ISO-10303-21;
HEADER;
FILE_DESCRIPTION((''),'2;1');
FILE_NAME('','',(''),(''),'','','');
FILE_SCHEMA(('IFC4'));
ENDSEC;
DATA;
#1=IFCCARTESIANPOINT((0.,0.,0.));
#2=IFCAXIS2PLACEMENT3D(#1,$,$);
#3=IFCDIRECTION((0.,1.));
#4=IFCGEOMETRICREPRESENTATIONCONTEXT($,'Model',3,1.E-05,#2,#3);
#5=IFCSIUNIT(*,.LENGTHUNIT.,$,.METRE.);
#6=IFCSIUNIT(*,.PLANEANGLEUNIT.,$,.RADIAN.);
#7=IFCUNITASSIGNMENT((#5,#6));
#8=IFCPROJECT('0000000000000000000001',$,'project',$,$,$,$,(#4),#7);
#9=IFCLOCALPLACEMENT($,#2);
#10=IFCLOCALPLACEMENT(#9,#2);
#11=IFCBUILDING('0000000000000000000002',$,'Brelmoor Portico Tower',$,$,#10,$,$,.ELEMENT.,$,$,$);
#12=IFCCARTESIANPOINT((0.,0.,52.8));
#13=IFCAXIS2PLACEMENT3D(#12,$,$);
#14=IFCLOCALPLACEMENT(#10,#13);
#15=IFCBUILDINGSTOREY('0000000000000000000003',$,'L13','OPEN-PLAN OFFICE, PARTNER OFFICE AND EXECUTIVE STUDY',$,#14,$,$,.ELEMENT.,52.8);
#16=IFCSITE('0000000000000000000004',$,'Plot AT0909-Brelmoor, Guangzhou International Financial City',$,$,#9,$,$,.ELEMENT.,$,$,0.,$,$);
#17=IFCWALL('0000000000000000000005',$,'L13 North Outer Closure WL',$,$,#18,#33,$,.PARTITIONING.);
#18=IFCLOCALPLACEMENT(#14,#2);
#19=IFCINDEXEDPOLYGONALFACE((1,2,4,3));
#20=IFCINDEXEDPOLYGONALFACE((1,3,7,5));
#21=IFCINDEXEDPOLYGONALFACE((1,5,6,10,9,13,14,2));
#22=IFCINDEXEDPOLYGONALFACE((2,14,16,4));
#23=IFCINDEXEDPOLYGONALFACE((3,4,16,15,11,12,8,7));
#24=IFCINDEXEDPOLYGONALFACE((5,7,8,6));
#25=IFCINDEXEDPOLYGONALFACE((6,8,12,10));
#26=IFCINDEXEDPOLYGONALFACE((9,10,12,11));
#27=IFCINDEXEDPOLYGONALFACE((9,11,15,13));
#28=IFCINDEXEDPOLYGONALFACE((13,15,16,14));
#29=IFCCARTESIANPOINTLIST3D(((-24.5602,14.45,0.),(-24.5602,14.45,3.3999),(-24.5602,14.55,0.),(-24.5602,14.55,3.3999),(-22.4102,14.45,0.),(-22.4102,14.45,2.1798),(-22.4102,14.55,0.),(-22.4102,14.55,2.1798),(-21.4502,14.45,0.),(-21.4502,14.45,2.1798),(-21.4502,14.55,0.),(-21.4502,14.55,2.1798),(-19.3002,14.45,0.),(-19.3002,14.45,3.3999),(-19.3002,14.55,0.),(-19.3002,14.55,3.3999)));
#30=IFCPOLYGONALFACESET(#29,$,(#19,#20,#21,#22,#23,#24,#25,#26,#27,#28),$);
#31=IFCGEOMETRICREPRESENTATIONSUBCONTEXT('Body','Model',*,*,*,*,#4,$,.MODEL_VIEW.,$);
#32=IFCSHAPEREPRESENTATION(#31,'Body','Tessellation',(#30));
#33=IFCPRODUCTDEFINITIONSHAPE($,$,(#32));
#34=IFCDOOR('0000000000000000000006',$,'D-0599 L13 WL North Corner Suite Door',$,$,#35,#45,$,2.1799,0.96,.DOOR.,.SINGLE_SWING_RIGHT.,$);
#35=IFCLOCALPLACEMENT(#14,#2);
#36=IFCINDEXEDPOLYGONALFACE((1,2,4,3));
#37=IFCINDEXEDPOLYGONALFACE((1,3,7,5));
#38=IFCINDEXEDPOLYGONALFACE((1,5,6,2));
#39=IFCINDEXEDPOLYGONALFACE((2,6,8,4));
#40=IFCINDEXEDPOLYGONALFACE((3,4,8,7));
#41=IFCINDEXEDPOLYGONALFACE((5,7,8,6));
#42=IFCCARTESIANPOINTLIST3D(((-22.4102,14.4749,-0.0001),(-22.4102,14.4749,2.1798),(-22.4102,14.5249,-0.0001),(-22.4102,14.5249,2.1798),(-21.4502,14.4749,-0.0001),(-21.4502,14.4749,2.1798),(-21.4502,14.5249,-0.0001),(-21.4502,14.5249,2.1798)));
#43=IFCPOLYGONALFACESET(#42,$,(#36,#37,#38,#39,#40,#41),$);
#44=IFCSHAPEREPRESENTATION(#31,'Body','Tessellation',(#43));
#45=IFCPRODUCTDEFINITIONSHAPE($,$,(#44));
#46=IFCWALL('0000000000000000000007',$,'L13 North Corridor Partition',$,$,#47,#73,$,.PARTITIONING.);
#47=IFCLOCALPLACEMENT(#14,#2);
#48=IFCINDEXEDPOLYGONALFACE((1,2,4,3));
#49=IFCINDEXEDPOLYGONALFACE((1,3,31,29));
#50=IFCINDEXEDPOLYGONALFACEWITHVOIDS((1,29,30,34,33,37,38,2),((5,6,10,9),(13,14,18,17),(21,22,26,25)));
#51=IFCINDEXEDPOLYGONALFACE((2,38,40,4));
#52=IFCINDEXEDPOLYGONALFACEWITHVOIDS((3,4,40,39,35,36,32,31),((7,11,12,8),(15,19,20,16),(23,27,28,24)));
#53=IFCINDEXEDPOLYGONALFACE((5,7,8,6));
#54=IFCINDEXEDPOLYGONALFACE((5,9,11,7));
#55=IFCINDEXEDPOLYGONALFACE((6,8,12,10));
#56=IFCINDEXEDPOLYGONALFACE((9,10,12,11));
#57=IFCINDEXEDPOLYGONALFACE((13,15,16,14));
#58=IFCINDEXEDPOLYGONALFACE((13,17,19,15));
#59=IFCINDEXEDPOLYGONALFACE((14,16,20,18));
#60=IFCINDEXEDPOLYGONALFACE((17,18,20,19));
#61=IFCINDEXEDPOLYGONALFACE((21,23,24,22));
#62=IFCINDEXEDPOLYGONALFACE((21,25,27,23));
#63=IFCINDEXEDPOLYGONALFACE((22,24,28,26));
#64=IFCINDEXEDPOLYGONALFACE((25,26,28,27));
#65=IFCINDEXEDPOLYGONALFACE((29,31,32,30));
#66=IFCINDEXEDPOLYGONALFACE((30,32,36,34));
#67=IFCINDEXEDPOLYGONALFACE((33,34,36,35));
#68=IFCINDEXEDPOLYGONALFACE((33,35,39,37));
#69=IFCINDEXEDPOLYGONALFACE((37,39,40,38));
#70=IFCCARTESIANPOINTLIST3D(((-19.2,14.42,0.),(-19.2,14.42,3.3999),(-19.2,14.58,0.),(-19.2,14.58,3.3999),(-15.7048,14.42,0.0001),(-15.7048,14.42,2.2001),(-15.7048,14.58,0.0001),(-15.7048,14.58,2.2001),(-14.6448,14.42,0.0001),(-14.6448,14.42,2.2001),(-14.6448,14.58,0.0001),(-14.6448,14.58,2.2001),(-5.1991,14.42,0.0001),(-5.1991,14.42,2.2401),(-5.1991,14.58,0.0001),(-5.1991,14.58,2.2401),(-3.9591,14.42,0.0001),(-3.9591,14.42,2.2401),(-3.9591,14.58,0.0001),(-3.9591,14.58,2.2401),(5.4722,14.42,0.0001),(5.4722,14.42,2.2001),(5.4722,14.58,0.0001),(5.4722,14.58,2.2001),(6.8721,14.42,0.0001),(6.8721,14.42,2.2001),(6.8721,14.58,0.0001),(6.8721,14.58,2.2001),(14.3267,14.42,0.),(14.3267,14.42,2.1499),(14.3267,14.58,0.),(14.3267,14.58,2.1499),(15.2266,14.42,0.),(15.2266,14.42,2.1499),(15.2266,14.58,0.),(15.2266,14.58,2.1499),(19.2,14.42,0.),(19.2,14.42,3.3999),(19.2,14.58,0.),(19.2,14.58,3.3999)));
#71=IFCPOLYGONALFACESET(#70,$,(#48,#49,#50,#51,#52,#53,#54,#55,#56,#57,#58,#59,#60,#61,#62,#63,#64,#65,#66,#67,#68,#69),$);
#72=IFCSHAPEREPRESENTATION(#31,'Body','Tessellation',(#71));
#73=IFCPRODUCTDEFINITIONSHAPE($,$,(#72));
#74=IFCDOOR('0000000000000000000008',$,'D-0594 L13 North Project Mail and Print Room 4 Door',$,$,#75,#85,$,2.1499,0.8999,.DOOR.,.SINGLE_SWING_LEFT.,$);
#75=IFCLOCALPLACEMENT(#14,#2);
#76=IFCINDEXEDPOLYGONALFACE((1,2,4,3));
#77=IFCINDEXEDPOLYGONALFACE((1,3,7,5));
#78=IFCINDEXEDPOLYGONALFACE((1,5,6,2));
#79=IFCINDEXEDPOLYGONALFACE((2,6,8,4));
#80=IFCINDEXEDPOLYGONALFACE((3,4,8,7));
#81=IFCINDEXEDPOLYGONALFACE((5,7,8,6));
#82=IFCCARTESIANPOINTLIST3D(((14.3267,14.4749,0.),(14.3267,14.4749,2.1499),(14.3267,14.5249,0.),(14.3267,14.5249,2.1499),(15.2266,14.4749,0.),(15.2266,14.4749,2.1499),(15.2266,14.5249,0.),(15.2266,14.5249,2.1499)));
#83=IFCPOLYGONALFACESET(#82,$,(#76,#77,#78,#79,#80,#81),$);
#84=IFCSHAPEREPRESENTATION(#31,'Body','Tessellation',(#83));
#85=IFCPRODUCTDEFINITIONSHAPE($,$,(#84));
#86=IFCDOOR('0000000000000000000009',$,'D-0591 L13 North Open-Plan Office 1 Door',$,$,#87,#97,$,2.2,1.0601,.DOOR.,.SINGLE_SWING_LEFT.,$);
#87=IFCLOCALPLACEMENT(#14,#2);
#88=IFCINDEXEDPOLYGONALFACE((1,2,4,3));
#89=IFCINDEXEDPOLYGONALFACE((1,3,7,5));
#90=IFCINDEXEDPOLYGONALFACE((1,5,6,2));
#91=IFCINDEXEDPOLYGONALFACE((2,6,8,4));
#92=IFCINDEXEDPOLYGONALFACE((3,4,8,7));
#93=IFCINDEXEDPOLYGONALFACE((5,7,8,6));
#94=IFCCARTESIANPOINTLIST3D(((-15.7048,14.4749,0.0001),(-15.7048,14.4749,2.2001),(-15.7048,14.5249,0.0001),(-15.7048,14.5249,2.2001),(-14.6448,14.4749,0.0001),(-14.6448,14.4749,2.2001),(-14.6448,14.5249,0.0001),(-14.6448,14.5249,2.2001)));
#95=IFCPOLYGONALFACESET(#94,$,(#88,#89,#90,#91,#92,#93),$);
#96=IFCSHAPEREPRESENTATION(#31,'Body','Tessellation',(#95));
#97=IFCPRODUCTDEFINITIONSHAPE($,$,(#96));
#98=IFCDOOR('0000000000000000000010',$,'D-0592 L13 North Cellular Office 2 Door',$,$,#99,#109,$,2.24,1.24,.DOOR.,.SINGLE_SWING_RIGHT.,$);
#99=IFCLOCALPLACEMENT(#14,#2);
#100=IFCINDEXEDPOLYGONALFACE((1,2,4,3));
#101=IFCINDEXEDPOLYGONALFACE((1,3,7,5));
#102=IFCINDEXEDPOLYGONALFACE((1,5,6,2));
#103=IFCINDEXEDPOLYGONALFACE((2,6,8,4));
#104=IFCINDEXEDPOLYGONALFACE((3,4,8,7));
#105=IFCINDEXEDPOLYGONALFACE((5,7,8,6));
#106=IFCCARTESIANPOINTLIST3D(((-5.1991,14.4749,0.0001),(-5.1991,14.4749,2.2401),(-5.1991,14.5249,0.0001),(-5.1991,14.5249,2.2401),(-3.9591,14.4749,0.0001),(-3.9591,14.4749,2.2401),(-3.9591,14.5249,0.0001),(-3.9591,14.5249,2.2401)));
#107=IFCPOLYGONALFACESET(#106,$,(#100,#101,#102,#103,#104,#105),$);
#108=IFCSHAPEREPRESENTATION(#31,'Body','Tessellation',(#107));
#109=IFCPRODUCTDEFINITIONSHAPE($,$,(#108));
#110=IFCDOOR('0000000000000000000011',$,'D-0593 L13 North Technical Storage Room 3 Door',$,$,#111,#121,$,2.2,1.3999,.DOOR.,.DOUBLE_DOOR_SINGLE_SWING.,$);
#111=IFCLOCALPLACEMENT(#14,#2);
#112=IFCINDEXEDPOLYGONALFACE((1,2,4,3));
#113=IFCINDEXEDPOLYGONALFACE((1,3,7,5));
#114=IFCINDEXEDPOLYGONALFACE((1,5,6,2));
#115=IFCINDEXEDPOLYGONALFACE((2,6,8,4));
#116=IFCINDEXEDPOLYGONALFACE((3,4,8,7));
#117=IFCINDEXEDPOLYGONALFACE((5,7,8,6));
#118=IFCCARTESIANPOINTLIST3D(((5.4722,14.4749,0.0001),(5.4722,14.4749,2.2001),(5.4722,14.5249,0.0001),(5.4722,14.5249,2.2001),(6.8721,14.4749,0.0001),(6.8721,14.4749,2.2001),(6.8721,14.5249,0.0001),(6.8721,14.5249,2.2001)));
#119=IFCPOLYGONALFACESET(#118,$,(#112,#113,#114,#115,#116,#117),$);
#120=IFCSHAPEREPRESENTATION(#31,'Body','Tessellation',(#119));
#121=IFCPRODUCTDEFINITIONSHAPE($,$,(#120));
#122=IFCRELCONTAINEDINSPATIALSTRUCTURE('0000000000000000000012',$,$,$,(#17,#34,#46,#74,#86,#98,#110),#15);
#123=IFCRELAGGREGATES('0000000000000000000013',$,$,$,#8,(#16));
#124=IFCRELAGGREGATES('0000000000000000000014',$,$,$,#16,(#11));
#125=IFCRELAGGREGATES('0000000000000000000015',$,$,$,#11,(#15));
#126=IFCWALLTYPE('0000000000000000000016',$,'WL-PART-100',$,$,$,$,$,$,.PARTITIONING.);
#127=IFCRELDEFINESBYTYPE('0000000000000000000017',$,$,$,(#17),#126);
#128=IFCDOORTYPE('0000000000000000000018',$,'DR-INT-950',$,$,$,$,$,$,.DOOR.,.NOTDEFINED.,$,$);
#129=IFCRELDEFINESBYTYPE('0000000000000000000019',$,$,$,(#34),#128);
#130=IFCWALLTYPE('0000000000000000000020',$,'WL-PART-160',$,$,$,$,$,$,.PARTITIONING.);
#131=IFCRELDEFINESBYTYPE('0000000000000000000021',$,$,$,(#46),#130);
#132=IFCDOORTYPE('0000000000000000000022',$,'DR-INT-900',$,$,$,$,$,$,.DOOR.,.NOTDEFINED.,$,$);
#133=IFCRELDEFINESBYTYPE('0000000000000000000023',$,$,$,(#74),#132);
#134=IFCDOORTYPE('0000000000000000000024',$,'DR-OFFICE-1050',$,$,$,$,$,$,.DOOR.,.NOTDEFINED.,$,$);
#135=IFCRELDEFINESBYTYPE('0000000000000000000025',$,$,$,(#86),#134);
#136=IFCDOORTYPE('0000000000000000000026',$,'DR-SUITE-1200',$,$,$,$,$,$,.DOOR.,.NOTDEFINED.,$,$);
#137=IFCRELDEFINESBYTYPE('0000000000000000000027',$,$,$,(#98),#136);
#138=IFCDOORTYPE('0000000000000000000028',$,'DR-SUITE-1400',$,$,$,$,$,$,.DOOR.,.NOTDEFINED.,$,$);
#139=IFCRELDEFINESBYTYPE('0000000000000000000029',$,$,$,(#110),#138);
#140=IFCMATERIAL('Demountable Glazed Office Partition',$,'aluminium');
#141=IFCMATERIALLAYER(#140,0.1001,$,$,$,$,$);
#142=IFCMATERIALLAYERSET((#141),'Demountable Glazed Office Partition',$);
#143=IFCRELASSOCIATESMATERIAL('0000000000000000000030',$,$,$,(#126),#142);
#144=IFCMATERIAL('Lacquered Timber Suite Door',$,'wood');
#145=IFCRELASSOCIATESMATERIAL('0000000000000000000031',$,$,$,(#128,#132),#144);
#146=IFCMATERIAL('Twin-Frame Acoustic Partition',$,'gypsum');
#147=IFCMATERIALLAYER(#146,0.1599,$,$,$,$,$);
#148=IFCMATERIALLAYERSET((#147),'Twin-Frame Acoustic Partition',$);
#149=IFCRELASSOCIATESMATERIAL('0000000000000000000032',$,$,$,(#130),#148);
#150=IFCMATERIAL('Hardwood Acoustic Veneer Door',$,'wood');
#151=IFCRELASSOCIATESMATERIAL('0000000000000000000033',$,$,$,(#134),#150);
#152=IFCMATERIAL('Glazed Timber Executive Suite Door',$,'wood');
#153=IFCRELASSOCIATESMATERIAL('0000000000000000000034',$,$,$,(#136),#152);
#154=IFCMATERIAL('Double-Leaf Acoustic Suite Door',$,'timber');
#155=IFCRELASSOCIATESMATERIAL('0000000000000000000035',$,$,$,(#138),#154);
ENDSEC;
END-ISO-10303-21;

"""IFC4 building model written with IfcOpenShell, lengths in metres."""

from ifc_helpers import new_model, si_unit, direction, frame, frame_2d, origin, place, context, subcontext, project, spatial, rectangle, extrude, material, layer, layer_set, type_object, element, fill, save


model = new_model("IFC4")

# Units and contexts
model_context = context("Model", 3, precision=1e-05, world=origin(), true_north=direction((0.0, 1.0)))
body_context = subcontext(model_context, "Body", "Model", "MODEL_VIEW")
ifc_project = project(units=[si_unit("LENGTHUNIT", "METRE"), si_unit("PLANEANGLEUNIT", "RADIAN")], contexts=[model_context])

# Site, building, storey
site_placement = place(None, origin())
site = spatial("IfcSite", under=ifc_project, at=site_placement, Name="Plot AT0909-Brelmoor, Guangzhou International Financial City", CompositionType="ELEMENT", RefElevation=0.0)
building_placement = place(site_placement, origin())
building = spatial("IfcBuilding", under=site, at=building_placement, Name="Brelmoor Portico Tower", CompositionType="ELEMENT")
storey_placement = place(building_placement, frame((0.0, 0.0, 52.8)))
storey = spatial("IfcBuildingStorey", under=building, at=storey_placement, Name="L13", Description="OPEN-PLAN OFFICE, PARTNER OFFICE AND EXECUTIVE STUDY", CompositionType="ELEMENT", Elevation=52.8)

# Wall, opening, door
ifc_material_1 = material(Name="Demountable Glazed Office Partition", Category="aluminium")
ifc_layer_1 = layer(ifc_material_1, 0.1001)
ifc_layer_set_1 = layer_set([ifc_layer_1], Name="Demountable Glazed Office Partition")
wall_type_1 = type_object("IfcWallType", Name="WL-PART-100", PredefinedType="PARTITIONING", material=ifc_layer_set_1)
wall_1_placement = place(storey_placement, frame((-24.5601, 14.5, 0.0), z_axis=(0.0, 0.0, 1.0), x_axis=(1.0, 0.0, 0.0)))
wall_1 = element("IfcWall", 1, at=wall_1_placement, inside=storey, type_object=wall_type_1, Name="L13 North Outer Closure WL", PredefinedType="PARTITIONING", context=body_context, shape_type="SweptSolid", body=[
    extrude(rectangle(XDim=5.26, YDim=0.1001, at=frame_2d((2.6299, 0.0))), origin(), (0.0, 0.0, 1.0), 3.3999),
])
opening_1_placement = place(wall_1_placement, frame((2.1499, 0.0, 0.0)))
opening_1 = element("IfcOpeningElement", 2, at=opening_1_placement, cuts=wall_1, PredefinedType="OPENING", context=body_context, shape_type="SweptSolid", body=[
    extrude(rectangle(XDim=0.96, YDim=2.1799, at=frame_2d((0.48, 1.0898))), frame((0.0, 0.0601, 0.0), z_axis=(0.0, -1.0, 0.0), x_axis=(1.0, 0.0, 0.0)), (0.0, 0.0, 1.0), 0.1201),
])
ifc_material_2 = material(Name="Lacquered Timber Suite Door", Category="wood")
door_type_1 = type_object("IfcDoorType", Name="DR-INT-950", OperationType="NOTDEFINED", PredefinedType="DOOR", material=ifc_material_2)
door_1_placement = place(opening_1_placement, origin())
door_1 = element("IfcDoor", 3, at=door_1_placement, inside=storey, type_object=door_type_1, Name="D-0599 L13 WL North Corner Suite Door", OperationType="SINGLE_SWING_RIGHT", OverallHeight=2.1799, OverallWidth=0.96, PredefinedType="DOOR", context=body_context, shape_type="SweptSolid", body=[
    extrude(rectangle(XDim=0.96, YDim=2.1799, at=frame_2d((0.48, 1.0898))), frame((0.0, 0.0249, 0.0), z_axis=(0.0, -1.0, 0.0), x_axis=(1.0, 0.0, 0.0)), (0.0, 0.0, 1.0), 0.05),
])
fill(opening_1, door_1)

# Wall, openings, doors
ifc_material_3 = material(Name="Twin-Frame Acoustic Partition", Category="gypsum")
ifc_layer_2 = layer(ifc_material_3, 0.1599)
ifc_layer_set_2 = layer_set([ifc_layer_2], Name="Twin-Frame Acoustic Partition")
wall_type_2 = type_object("IfcWallType", Name="WL-PART-160", PredefinedType="PARTITIONING", material=ifc_layer_set_2)
wall_2_placement = place(storey_placement, frame((-19.2, 14.5, 0.0), z_axis=(0.0, 0.0, 1.0), x_axis=(1.0, 0.0, 0.0)))
wall_2 = element("IfcWall", 4, at=wall_2_placement, inside=storey, type_object=wall_type_2, Name="L13 North Corridor Partition", PredefinedType="PARTITIONING", context=body_context, shape_type="SweptSolid", body=[
    extrude(rectangle(XDim=38.3999, YDim=0.1599, at=frame_2d((19.2, 0.0))), origin(), (0.0, 0.0, 1.0), 3.3999),
])
opening_2_placement = place(wall_2_placement, frame((3.4951, 0.0, 0.0)))
opening_2 = element("IfcOpeningElement", 5, at=opening_2_placement, cuts=wall_2, PredefinedType="OPENING", context=body_context, shape_type="SweptSolid", body=[
    extrude(rectangle(XDim=1.0601, YDim=2.2, at=frame_2d((0.53, 1.1001))), frame((0.0, 0.0898, 0.0), z_axis=(0.0, -1.0, 0.0), x_axis=(1.0, 0.0, 0.0)), (0.0, 0.0, 1.0), 0.1799),
])
opening_3_placement = place(wall_2_placement, frame((14.0007, 0.0, 0.0)))
opening_3 = element("IfcOpeningElement", 6, at=opening_3_placement, cuts=wall_2, PredefinedType="OPENING", context=body_context, shape_type="SweptSolid", body=[
    extrude(rectangle(XDim=1.24, YDim=2.24, at=frame_2d((0.6201, 1.1201))), frame((0.0, 0.0898, 0.0), z_axis=(0.0, -1.0, 0.0), x_axis=(1.0, 0.0, 0.0)), (0.0, 0.0, 1.0), 0.1799),
])
opening_4_placement = place(wall_2_placement, frame((24.6721, 0.0, 0.0)))
opening_4 = element("IfcOpeningElement", 7, at=opening_4_placement, cuts=wall_2, PredefinedType="OPENING", context=body_context, shape_type="SweptSolid", body=[
    extrude(rectangle(XDim=1.3999, YDim=2.2, at=frame_2d((0.7, 1.1001))), frame((0.0, 0.0898, 0.0), z_axis=(0.0, -1.0, 0.0), x_axis=(1.0, 0.0, 0.0)), (0.0, 0.0, 1.0), 0.1799),
])
opening_5_placement = place(wall_2_placement, frame((33.5266, 0.0, 0.0)))
opening_5 = element("IfcOpeningElement", 8, at=opening_5_placement, cuts=wall_2, PredefinedType="OPENING", context=body_context, shape_type="SweptSolid", body=[
    extrude(rectangle(XDim=0.8999, YDim=2.1499, at=frame_2d((0.45, 1.075))), frame((0.0, 0.0898, 0.0), z_axis=(0.0, -1.0, 0.0), x_axis=(1.0, 0.0, 0.0)), (0.0, 0.0, 1.0), 0.1799),
])
door_type_2 = type_object("IfcDoorType", Name="DR-INT-900", OperationType="NOTDEFINED", PredefinedType="DOOR", material=ifc_material_2)
door_2_placement = place(opening_5_placement, origin())
door_2 = element("IfcDoor", 9, at=door_2_placement, inside=storey, type_object=door_type_2, Name="D-0594 L13 North Project Mail and Print Room 4 Door", OperationType="SINGLE_SWING_LEFT", OverallHeight=2.1499, OverallWidth=0.8999, PredefinedType="DOOR", context=body_context, shape_type="SweptSolid", body=[
    extrude(rectangle(XDim=0.8999, YDim=2.1499, at=frame_2d((0.45, 1.075))), frame((0.0, 0.0249, 0.0), z_axis=(0.0, -1.0, 0.0), x_axis=(1.0, 0.0, 0.0)), (0.0, 0.0, 1.0), 0.05),
])
fill(opening_5, door_2)
ifc_material_4 = material(Name="Hardwood Acoustic Veneer Door", Category="wood")
door_type_3 = type_object("IfcDoorType", Name="DR-OFFICE-1050", OperationType="NOTDEFINED", PredefinedType="DOOR", material=ifc_material_4)
door_3_placement = place(opening_2_placement, origin())
door_3 = element("IfcDoor", 10, at=door_3_placement, inside=storey, type_object=door_type_3, Name="D-0591 L13 North Open-Plan Office 1 Door", OperationType="SINGLE_SWING_LEFT", OverallHeight=2.2, OverallWidth=1.0601, PredefinedType="DOOR", context=body_context, shape_type="SweptSolid", body=[
    extrude(rectangle(XDim=1.0601, YDim=2.2, at=frame_2d((0.53, 1.1001))), frame((0.0, 0.0249, 0.0), z_axis=(0.0, -1.0, 0.0), x_axis=(1.0, 0.0, 0.0)), (0.0, 0.0, 1.0), 0.05),
])
fill(opening_2, door_3)
ifc_material_5 = material(Name="Glazed Timber Executive Suite Door", Category="wood")
door_type_4 = type_object("IfcDoorType", Name="DR-SUITE-1200", OperationType="NOTDEFINED", PredefinedType="DOOR", material=ifc_material_5)
door_4_placement = place(opening_3_placement, origin())
door_4 = element("IfcDoor", 11, at=door_4_placement, inside=storey, type_object=door_type_4, Name="D-0592 L13 North Cellular Office 2 Door", OperationType="SINGLE_SWING_RIGHT", OverallHeight=2.24, OverallWidth=1.24, PredefinedType="DOOR", context=body_context, shape_type="SweptSolid", body=[
    extrude(rectangle(XDim=1.24, YDim=2.24, at=frame_2d((0.6201, 1.1201))), frame((0.0, 0.0249, 0.0), z_axis=(0.0, -1.0, 0.0), x_axis=(1.0, 0.0, 0.0)), (0.0, 0.0, 1.0), 0.05),
])
fill(opening_3, door_4)
ifc_material_6 = material(Name="Double-Leaf Acoustic Suite Door", Category="timber")
door_type_5 = type_object("IfcDoorType", Name="DR-SUITE-1400", OperationType="NOTDEFINED", PredefinedType="DOOR", material=ifc_material_6)
door_5_placement = place(opening_4_placement, origin())
door_5 = element("IfcDoor", 12, at=door_5_placement, inside=storey, type_object=door_type_5, Name="D-0593 L13 North Technical Storage Room 3 Door", OperationType="DOUBLE_DOOR_SINGLE_SWING", OverallHeight=2.2, OverallWidth=1.3999, PredefinedType="DOOR", context=body_context, shape_type="SweptSolid", body=[
    extrude(rectangle(XDim=1.3999, YDim=2.2, at=frame_2d((0.7, 1.1001))), frame((0.0, 0.0249, 0.0), z_axis=(0.0, -1.0, 0.0), x_axis=(1.0, 0.0, 0.0)), (0.0, 0.0, 1.0), 0.05),
])
fill(opening_4, door_5)

save(model, "model.ifc")
